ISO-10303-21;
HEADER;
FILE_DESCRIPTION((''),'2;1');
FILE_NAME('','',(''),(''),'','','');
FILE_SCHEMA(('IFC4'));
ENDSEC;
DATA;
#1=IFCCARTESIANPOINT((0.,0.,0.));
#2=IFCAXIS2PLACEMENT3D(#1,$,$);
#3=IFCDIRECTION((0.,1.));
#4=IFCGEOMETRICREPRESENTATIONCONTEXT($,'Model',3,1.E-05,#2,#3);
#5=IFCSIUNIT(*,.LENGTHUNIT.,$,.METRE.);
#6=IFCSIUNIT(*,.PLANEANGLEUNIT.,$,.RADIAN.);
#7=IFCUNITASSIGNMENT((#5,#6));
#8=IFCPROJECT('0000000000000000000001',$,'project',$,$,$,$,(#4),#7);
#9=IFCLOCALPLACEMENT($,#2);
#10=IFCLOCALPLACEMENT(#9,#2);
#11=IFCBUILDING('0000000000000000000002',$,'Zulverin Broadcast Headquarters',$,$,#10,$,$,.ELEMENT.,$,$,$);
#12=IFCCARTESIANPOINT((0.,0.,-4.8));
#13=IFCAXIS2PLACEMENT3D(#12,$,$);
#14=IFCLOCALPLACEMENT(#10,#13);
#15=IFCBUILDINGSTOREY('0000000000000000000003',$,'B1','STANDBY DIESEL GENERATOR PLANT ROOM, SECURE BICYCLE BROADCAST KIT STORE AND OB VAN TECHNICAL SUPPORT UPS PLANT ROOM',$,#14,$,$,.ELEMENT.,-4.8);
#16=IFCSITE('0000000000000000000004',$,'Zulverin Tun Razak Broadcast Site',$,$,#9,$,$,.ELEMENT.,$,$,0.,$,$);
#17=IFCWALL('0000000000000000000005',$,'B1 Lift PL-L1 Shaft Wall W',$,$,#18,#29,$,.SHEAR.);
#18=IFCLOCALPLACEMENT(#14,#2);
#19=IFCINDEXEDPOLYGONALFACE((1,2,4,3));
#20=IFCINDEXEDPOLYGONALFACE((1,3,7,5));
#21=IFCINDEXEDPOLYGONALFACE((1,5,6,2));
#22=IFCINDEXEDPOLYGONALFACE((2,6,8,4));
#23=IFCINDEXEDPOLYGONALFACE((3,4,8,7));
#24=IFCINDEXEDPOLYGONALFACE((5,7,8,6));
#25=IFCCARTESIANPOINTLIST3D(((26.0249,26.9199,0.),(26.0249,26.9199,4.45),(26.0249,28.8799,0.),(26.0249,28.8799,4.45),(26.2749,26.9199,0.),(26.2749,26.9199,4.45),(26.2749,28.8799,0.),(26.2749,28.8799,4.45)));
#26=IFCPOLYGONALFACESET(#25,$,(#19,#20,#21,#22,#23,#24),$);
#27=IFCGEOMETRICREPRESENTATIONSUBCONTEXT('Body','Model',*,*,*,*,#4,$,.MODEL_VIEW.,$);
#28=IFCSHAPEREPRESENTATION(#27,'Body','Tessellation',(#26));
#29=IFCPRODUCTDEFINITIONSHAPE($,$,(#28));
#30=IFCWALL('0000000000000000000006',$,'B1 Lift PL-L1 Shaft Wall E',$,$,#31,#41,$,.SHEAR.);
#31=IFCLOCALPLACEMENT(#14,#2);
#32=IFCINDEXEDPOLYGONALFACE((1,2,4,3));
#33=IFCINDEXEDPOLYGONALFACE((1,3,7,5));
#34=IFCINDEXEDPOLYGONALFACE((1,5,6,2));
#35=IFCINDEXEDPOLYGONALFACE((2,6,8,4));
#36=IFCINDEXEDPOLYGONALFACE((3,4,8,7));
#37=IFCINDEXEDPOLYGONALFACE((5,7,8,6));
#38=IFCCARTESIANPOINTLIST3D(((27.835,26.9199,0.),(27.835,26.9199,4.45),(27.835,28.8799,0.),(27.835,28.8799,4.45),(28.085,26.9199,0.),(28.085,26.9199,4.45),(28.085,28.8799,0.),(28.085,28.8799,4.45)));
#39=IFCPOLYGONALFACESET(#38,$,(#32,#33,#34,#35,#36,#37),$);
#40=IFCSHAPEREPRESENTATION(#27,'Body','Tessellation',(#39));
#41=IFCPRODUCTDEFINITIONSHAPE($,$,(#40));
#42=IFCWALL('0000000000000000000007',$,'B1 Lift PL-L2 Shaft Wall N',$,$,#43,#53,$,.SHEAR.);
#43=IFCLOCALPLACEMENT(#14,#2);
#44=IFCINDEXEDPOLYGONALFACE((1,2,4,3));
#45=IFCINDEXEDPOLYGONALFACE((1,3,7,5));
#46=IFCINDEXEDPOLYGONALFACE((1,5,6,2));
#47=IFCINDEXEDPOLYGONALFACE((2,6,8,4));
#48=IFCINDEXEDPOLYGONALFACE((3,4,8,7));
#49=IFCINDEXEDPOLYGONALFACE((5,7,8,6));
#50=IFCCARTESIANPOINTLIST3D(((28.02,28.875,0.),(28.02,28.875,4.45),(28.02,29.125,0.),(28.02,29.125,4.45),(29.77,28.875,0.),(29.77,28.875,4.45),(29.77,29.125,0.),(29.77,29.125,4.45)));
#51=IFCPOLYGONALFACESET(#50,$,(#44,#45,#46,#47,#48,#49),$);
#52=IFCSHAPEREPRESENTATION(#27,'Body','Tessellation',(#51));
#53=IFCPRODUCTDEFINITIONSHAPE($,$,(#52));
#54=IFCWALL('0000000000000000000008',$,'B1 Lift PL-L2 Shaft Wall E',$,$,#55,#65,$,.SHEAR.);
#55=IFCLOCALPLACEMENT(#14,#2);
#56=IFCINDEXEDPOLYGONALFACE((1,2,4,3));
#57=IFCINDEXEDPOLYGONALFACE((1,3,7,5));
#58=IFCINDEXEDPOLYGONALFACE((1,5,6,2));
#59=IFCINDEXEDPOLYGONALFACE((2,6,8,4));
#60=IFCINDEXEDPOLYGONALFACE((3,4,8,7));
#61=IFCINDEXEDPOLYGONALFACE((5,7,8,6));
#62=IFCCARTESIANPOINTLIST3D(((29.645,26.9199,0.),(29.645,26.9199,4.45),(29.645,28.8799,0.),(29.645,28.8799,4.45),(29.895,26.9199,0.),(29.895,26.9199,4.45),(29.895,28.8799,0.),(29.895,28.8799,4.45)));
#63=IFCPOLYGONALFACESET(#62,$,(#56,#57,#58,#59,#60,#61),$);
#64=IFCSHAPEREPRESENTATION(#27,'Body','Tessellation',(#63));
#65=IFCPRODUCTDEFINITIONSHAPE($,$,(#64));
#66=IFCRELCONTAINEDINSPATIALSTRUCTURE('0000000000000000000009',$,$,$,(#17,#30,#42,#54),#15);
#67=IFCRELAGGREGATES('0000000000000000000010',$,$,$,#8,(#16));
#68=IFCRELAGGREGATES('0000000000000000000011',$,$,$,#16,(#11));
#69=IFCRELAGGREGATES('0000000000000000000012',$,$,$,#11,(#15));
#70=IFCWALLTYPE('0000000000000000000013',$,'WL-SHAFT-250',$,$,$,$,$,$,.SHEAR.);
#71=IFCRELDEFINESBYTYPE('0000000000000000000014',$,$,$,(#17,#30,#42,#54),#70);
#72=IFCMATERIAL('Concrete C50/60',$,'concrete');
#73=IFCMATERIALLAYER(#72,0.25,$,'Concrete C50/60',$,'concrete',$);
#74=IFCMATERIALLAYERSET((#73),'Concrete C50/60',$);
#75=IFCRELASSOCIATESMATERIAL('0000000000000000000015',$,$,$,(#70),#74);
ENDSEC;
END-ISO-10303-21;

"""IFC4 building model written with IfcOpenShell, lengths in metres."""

from ifc_helpers import new_model, si_unit, direction, frame, frame_2d, origin, place, context, subcontext, project, spatial, rectangle, extrude, material, layer, layer_set, type_object, element, save


model = new_model("IFC4")

# Units and contexts
model_context = context("Model", 3, precision=1e-05, world=origin(), true_north=direction((0.0, 1.0)))
body_context = subcontext(model_context, "Body", "Model", "MODEL_VIEW")
ifc_project = project(units=[si_unit("LENGTHUNIT", "METRE"), si_unit("PLANEANGLEUNIT", "RADIAN")], contexts=[model_context])

# Site, building, storey
site_placement = place(None, origin())
site = spatial("IfcSite", under=ifc_project, at=site_placement, Name="Zulverin Tun Razak Broadcast Site", CompositionType="ELEMENT", RefElevation=0.0)
building_placement = place(site_placement, origin())
building = spatial("IfcBuilding", under=site, at=building_placement, Name="Zulverin Broadcast Headquarters", CompositionType="ELEMENT")
storey_placement = place(building_placement, frame((0.0, 0.0, -4.8)))
storey = spatial("IfcBuildingStorey", under=building, at=storey_placement, Name="B1", Description="STANDBY DIESEL GENERATOR PLANT ROOM, SECURE BICYCLE BROADCAST KIT STORE AND OB VAN TECHNICAL SUPPORT UPS PLANT ROOM", CompositionType="ELEMENT", Elevation=-4.8)

# Shared definitions
ifc_material_1 = material(Name="Concrete C50/60", Category="concrete")

# Shared definitions
ifc_layer_1 = layer(ifc_material_1, 0.25, Name="Concrete C50/60", Category="concrete")
ifc_layer_set_1 = layer_set([ifc_layer_1], Name="Concrete C50/60")
wall_type_1 = type_object("IfcWallType", Name="WL-SHAFT-250", PredefinedType="SHEAR", material=ifc_layer_set_1)

# Walls
for number, where, z_axis, x_axis, name in (
    (1, (26.1499, 26.9199, 0.0), (0.0, 0.0, 1.0), (0.0, 1.0, 0.0), "B1 Lift PL-L1 Shaft Wall W"),
    (2, (27.96, 26.9199, 0.0), (0.0, 0.0, 1.0), (0.0, 1.0, 0.0), "B1 Lift PL-L1 Shaft Wall E"),
):
    element("IfcWall", number, at=place(storey_placement, frame(where, z_axis=z_axis, x_axis=x_axis)), inside=storey, type_object=wall_type_1, Name=name, PredefinedType="SHEAR", context=body_context, shape_type="SweptSolid", body=[
        extrude(rectangle(XDim=1.96, YDim=0.25, at=frame_2d((0.98, 0.0))), origin(), (0.0, 0.0, 1.0), 4.45),
    ])

# Walls
wall_1_placement = place(storey_placement, frame((28.02, 29.0, 0.0), z_axis=(0.0, 0.0, 1.0), x_axis=(1.0, 0.0, 0.0)))
element("IfcWall", 3, at=wall_1_placement, inside=storey, type_object=wall_type_1, Name="B1 Lift PL-L2 Shaft Wall N", PredefinedType="SHEAR", context=body_context, shape_type="SweptSolid", body=[
    extrude(rectangle(XDim=1.75, YDim=0.25, at=frame_2d((0.875, 0.0))), origin(), (0.0, 0.0, 1.0), 4.45),
])
wall_2_placement = place(storey_placement, frame((29.77, 26.9199, 0.0), z_axis=(0.0, 0.0, 1.0), x_axis=(0.0, 1.0, 0.0)))
element("IfcWall", 4, at=wall_2_placement, inside=storey, type_object=wall_type_1, Name="B1 Lift PL-L2 Shaft Wall E", PredefinedType="SHEAR", context=body_context, shape_type="SweptSolid", body=[
    extrude(rectangle(XDim=1.96, YDim=0.25, at=frame_2d((0.98, 0.0))), origin(), (0.0, 0.0, 1.0), 4.45),
])

save(model, "model.ifc")
